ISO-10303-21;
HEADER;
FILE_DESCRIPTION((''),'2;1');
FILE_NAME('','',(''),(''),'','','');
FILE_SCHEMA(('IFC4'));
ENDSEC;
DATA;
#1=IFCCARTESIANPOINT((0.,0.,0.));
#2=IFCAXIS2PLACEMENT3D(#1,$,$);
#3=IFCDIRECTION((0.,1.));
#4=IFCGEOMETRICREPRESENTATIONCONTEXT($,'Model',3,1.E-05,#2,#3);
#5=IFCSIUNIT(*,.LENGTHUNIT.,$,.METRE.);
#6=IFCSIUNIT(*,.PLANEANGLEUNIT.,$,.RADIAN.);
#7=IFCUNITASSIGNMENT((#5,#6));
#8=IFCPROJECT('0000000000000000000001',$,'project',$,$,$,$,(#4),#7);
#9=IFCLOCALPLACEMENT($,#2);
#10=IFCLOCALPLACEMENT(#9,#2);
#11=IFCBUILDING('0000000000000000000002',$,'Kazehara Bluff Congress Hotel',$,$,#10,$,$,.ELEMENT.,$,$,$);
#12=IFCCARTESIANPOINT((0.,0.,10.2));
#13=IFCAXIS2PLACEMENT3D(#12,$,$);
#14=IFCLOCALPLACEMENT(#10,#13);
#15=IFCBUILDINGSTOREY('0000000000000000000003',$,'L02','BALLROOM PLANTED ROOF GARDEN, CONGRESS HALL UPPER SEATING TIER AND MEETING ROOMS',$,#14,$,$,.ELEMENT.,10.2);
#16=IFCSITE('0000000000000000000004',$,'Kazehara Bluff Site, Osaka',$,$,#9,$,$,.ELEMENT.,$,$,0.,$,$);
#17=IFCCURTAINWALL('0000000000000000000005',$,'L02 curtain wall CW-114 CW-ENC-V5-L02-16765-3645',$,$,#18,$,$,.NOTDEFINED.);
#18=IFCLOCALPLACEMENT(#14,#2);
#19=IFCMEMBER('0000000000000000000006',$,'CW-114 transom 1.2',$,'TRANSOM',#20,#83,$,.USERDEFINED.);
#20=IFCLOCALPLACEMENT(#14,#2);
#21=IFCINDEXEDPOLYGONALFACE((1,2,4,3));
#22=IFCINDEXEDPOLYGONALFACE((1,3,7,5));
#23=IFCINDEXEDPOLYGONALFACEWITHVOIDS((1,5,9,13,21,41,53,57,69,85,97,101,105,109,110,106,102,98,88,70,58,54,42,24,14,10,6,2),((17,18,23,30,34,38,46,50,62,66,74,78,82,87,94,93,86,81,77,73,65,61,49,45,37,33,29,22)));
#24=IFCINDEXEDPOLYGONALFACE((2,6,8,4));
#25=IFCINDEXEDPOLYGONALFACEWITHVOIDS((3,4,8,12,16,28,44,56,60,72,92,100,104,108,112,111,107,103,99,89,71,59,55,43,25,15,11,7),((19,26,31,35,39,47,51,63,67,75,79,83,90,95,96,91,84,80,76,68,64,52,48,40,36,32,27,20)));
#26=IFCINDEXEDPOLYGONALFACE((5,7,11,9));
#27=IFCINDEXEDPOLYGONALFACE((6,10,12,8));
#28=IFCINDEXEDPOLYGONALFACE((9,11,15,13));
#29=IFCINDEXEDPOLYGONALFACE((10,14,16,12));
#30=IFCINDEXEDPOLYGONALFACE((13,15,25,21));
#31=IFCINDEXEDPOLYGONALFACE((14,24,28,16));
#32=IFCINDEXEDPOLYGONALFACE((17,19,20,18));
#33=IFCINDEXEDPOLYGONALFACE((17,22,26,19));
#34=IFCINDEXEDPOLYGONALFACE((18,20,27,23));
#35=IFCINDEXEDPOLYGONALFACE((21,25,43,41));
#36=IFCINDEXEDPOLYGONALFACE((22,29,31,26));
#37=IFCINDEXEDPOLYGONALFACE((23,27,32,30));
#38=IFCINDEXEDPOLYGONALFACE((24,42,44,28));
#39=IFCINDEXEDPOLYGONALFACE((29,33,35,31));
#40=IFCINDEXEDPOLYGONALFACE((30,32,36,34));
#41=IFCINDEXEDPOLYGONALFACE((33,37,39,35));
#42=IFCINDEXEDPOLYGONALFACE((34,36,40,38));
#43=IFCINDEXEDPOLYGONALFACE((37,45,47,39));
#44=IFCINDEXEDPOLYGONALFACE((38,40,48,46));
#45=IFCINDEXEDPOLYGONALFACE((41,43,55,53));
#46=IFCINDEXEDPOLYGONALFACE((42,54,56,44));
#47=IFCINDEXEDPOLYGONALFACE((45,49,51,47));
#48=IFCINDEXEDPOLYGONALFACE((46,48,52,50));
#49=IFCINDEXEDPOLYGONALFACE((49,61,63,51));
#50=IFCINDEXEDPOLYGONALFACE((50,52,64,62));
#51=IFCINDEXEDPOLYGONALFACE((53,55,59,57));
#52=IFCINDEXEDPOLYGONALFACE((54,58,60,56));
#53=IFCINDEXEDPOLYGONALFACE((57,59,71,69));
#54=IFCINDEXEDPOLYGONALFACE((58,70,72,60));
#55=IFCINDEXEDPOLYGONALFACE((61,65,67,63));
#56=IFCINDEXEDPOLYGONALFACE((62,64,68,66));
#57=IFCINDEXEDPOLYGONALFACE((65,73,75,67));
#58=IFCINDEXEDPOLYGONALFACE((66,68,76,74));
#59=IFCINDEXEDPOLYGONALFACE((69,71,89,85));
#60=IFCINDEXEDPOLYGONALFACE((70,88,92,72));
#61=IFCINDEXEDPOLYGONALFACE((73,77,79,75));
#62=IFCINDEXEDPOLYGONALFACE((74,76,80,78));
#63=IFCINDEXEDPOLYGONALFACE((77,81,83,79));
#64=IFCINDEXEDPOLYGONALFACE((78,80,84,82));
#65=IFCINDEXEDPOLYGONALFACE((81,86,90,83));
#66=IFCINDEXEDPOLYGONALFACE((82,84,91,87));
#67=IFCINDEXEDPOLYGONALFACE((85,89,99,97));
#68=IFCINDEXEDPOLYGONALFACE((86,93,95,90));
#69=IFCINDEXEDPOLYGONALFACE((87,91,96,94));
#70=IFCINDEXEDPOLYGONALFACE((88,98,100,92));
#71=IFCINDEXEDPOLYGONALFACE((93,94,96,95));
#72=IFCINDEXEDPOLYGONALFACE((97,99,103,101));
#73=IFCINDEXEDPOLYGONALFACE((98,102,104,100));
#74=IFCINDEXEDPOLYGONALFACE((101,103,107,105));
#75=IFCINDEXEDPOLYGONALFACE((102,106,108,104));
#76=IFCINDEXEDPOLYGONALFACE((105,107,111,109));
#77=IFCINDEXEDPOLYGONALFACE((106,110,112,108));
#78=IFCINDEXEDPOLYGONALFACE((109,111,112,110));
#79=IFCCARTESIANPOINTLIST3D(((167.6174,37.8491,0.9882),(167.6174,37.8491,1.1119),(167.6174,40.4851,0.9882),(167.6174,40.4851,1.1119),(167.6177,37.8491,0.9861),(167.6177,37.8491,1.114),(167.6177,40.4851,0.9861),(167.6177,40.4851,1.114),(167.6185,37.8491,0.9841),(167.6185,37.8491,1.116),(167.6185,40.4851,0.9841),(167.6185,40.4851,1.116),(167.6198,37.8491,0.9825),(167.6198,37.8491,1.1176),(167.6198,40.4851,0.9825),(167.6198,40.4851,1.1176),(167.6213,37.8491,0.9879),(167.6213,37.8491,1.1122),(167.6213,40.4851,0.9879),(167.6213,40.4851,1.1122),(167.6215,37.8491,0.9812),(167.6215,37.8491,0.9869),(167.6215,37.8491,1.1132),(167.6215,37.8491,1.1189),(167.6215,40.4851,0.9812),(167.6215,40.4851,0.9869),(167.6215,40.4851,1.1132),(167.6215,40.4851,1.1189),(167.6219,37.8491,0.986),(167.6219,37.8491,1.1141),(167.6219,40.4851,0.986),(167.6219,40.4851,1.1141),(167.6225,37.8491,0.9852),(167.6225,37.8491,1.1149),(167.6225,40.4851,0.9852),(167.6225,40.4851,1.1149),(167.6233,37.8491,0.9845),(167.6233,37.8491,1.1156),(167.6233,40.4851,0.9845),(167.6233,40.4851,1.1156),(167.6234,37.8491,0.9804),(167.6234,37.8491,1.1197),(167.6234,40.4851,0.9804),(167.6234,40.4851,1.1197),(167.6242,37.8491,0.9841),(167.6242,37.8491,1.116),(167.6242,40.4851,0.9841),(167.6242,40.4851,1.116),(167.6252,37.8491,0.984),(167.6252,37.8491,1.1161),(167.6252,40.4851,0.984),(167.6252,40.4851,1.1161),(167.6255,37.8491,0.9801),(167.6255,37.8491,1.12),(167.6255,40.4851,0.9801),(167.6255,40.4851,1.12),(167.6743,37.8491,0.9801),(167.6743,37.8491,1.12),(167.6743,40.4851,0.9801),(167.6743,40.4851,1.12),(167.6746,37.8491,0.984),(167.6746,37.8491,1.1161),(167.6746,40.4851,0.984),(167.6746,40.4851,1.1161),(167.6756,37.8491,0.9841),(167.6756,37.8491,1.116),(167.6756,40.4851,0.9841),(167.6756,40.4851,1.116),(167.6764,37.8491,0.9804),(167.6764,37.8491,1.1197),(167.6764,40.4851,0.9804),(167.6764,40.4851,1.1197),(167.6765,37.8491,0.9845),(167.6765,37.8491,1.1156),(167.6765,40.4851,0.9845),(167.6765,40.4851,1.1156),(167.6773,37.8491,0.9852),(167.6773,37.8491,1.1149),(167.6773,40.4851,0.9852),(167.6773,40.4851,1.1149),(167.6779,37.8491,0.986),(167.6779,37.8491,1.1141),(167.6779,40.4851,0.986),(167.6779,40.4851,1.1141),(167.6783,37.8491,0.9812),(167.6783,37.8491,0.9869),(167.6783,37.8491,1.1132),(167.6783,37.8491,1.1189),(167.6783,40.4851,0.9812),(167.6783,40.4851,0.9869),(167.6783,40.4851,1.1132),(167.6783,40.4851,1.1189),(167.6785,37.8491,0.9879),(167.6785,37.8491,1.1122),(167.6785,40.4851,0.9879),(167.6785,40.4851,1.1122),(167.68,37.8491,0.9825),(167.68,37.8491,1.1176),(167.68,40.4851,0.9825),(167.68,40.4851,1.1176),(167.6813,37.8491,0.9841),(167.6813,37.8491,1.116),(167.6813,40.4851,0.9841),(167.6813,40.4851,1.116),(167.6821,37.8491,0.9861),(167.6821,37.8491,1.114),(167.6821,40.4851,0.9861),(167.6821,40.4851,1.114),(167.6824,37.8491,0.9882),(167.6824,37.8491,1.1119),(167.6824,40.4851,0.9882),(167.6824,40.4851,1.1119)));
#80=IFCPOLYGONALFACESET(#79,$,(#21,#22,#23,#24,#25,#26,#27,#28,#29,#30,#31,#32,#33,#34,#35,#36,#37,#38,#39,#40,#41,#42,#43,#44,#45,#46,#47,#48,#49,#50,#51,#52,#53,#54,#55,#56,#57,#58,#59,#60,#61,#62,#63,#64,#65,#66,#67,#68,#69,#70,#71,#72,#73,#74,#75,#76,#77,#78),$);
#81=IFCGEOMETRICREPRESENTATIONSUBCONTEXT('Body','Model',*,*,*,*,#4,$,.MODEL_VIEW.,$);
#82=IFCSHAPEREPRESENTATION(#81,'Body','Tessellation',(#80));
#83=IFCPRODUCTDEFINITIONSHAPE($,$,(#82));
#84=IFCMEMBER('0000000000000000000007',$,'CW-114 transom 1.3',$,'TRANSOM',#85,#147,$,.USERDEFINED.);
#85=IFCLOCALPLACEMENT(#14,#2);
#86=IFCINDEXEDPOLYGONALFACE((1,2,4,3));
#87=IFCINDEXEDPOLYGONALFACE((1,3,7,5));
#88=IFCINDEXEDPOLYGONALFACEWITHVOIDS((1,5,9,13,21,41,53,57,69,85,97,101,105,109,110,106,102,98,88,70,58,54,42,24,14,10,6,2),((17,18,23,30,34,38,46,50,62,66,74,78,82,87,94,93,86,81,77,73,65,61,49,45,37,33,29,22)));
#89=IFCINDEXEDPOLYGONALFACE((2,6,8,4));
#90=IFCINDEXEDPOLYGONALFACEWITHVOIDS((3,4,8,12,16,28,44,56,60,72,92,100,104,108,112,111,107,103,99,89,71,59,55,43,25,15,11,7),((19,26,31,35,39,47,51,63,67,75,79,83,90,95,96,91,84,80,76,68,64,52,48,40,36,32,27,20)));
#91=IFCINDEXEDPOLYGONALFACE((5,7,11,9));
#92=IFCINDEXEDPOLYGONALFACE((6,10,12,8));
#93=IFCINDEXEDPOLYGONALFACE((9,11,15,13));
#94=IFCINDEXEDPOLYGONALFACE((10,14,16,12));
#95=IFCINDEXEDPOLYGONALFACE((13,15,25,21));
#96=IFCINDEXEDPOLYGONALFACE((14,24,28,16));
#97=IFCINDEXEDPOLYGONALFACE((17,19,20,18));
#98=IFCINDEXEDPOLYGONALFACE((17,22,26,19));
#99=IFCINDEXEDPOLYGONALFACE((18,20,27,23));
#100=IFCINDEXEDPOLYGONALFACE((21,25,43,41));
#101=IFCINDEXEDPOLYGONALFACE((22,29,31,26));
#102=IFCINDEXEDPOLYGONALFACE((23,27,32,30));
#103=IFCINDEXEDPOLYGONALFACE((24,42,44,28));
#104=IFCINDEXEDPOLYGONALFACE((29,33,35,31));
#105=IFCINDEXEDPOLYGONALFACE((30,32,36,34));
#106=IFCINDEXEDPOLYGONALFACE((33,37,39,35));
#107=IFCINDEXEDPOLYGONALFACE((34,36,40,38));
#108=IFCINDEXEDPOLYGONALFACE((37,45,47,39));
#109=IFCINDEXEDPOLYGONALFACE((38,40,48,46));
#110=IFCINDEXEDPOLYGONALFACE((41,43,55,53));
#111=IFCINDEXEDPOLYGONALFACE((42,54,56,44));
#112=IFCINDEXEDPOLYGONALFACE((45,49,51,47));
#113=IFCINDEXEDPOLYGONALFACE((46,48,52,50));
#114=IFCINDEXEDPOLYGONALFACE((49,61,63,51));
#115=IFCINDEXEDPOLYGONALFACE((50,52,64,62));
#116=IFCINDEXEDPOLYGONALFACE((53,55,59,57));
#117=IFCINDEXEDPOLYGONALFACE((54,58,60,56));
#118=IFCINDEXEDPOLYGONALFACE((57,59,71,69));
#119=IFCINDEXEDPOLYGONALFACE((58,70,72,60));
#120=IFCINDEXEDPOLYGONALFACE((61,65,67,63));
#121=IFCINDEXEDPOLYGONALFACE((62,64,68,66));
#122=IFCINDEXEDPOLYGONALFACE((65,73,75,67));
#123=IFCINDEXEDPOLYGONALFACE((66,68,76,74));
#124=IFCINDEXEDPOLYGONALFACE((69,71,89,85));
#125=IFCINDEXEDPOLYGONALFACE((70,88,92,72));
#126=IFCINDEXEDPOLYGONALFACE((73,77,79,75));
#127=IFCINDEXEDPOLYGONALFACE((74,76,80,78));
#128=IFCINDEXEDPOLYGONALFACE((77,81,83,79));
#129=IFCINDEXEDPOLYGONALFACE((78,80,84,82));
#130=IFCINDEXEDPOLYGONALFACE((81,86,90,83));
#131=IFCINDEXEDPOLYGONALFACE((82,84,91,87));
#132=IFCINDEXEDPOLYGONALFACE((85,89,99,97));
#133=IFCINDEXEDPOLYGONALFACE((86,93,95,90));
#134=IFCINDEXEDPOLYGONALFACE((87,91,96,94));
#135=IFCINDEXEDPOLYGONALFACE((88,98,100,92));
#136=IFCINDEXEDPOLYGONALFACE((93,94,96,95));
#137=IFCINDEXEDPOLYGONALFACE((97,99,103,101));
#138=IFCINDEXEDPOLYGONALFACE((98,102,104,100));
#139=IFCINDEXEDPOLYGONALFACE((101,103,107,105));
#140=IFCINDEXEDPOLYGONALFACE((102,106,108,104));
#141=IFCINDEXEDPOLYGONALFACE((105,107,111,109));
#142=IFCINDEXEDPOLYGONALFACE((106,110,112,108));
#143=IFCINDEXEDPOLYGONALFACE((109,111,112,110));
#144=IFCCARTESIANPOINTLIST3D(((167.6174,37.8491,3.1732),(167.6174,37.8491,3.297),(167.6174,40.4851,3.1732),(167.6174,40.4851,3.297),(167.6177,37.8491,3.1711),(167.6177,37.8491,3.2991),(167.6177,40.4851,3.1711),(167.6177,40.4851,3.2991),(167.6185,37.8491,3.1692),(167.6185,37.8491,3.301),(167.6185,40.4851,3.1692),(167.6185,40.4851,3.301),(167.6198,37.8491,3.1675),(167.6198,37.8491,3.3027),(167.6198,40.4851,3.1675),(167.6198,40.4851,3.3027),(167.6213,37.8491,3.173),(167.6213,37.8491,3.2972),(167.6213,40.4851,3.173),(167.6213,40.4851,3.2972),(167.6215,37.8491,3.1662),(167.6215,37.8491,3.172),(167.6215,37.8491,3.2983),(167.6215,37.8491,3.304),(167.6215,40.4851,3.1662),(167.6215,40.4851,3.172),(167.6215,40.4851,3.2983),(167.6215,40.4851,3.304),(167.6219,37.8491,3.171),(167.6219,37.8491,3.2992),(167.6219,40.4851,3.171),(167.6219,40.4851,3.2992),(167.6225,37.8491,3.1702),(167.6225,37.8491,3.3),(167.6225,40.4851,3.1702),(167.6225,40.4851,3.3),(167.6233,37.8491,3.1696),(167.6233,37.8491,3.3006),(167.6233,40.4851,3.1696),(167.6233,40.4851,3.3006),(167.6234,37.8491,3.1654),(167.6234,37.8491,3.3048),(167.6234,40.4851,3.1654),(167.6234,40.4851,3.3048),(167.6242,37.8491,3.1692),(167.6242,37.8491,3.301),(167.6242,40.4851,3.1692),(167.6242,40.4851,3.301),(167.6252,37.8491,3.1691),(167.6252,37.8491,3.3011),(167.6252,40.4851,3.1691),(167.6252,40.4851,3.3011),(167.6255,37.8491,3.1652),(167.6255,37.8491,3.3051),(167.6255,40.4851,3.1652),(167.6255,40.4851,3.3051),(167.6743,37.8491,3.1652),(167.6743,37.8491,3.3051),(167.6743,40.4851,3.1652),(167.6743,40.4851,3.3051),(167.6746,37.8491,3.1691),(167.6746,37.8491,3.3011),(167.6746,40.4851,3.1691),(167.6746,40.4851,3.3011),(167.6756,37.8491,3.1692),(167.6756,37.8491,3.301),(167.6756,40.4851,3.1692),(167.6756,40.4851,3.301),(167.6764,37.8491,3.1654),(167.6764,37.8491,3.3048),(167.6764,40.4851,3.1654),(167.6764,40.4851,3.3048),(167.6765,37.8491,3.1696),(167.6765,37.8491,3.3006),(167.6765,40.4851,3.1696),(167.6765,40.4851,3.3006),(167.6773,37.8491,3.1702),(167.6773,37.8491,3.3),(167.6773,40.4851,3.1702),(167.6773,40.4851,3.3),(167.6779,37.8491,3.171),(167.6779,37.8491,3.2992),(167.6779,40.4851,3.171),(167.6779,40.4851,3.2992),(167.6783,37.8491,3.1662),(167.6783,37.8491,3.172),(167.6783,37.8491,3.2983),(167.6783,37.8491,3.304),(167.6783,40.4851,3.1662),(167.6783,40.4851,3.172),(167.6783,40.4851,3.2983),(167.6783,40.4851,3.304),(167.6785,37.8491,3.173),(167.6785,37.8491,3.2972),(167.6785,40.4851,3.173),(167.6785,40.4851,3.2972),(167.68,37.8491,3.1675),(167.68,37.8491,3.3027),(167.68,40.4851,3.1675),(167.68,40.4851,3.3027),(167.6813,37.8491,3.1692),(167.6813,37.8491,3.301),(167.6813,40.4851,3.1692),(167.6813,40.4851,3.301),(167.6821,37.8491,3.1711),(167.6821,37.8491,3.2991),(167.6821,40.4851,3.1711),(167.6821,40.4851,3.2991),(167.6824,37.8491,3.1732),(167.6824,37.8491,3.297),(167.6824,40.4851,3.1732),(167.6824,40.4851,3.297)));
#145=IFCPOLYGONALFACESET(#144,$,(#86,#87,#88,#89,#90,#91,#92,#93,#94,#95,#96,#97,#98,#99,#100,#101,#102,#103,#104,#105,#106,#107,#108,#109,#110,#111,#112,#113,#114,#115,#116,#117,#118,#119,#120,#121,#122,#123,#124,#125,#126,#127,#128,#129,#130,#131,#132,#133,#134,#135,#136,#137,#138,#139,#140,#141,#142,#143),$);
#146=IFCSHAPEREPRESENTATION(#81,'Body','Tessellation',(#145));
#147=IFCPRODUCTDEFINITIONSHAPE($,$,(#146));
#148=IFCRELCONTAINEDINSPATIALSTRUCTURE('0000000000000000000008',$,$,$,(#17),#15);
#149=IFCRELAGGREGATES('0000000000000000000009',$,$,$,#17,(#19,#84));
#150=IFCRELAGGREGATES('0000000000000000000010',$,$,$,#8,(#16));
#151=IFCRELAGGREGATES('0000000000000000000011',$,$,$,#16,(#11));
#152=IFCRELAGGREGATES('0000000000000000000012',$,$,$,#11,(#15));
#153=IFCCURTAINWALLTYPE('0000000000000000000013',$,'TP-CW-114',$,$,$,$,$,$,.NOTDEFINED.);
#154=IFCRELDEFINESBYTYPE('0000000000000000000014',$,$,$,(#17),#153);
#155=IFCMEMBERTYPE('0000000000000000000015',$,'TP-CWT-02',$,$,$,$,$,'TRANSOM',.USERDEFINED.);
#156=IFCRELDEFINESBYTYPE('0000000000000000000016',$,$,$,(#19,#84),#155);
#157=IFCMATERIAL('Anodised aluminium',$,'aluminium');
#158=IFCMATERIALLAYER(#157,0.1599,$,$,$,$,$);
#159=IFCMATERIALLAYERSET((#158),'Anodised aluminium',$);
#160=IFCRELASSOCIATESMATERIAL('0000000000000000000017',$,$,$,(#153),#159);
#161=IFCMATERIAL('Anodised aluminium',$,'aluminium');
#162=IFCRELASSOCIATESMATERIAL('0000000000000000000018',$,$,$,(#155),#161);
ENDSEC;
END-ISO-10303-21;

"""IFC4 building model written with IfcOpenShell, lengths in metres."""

from ifc_helpers import new_model, si_unit, direction, frame, origin, origin_2d, place, context, subcontext, project, spatial, hollow_rectangle, extrude, material, layer, layer_set, material_profile, profile_set, type_object, element, aggregate, save


model = new_model("IFC4")

# Units and contexts
model_context = context("Model", 3, precision=1e-05, world=origin(), true_north=direction((0.0, 1.0)))
body_context = subcontext(model_context, "Body", "Model", "MODEL_VIEW")
ifc_project = project(units=[si_unit("LENGTHUNIT", "METRE"), si_unit("PLANEANGLEUNIT", "RADIAN")], contexts=[model_context])

# Site, building, storey
site_placement = place(None, origin())
site = spatial("IfcSite", under=ifc_project, at=site_placement, Name="Kazehara Bluff Site, Osaka", CompositionType="ELEMENT", RefElevation=0.0)
building_placement = place(site_placement, origin())
building = spatial("IfcBuilding", under=site, at=building_placement, Name="Kazehara Bluff Congress Hotel", CompositionType="ELEMENT")
storey_placement = place(building_placement, frame((0.0, 0.0, 10.2)))
storey = spatial("IfcBuildingStorey", under=building, at=storey_placement, Name="L02", Description="BALLROOM PLANTED ROOF GARDEN, CONGRESS HALL UPPER SEATING TIER AND MEETING ROOMS", CompositionType="ELEMENT", Elevation=10.2)

# Curtain wall
ifc_material_1 = material(Name="Anodised aluminium", Category="aluminium")
ifc_layer_1 = layer(ifc_material_1, 0.1599)
ifc_layer_set_1 = layer_set([ifc_layer_1], Name="Anodised aluminium")
curtain_wall_type_1 = type_object("IfcCurtainWallType", Name="TP-CW-114", PredefinedType="NOTDEFINED", material=ifc_layer_set_1)
curtain_wall_1_placement = place(storey_placement, origin())
curtain_wall_1 = element("IfcCurtainWall", 1, at=curtain_wall_1_placement, inside=storey, type_object=curtain_wall_type_1, Name="L02 curtain wall CW-114 CW-ENC-V5-L02-16765-3645", PredefinedType="NOTDEFINED")

# Members
ifc_material_2 = material(Name="Anodised aluminium", Category="aluminium")
ifc_material_profile_1 = material_profile(ifc_material_2, hollow_rectangle(XDim=0.0649, YDim=0.1399, WallThickness=0.0039, InnerFilletRadius=0.0039, OuterFilletRadius=0.0081, at=origin_2d()))
ifc_profile_set_1 = profile_set([ifc_material_profile_1], Name="Anodised aluminium")
member_type_1 = type_object("IfcMemberType", Name="TP-CWT-02", ElementType="TRANSOM", PredefinedType="USERDEFINED", material=ifc_profile_set_1)
member_1_placement = place(storey_placement, frame((167.6499, 40.4851, 1.05), z_axis=(0.0, -1.0, 0.0), x_axis=(1.0, 0.0, 0.0)))
member_1 = element("IfcMember", 2, at=member_1_placement, type_object=member_type_1, Name="CW-114 transom 1.2", ObjectType="TRANSOM", PredefinedType="USERDEFINED", context=body_context, shape_type="SweptSolid", body=[
    extrude(hollow_rectangle(XDim=0.0649, YDim=0.1399, WallThickness=0.0039, InnerFilletRadius=0.0039, OuterFilletRadius=0.0081, at=origin_2d()), origin(), (0.0, 0.0, 1.0), 2.636),
])
member_2_placement = place(storey_placement, frame((167.6499, 40.4851, 3.2351), z_axis=(0.0, -1.0, 0.0), x_axis=(1.0, 0.0, 0.0)))
member_2 = element("IfcMember", 3, at=member_2_placement, type_object=member_type_1, Name="CW-114 transom 1.3", ObjectType="TRANSOM", PredefinedType="USERDEFINED", context=body_context, shape_type="SweptSolid", body=[
    extrude(hollow_rectangle(XDim=0.0649, YDim=0.1399, WallThickness=0.0039, InnerFilletRadius=0.0039, OuterFilletRadius=0.0081, at=origin_2d()), origin(), (0.0, 0.0, 1.0), 2.636),
])

aggregate(curtain_wall_1, [member_1, member_2])

save(model, "model.ifc")
